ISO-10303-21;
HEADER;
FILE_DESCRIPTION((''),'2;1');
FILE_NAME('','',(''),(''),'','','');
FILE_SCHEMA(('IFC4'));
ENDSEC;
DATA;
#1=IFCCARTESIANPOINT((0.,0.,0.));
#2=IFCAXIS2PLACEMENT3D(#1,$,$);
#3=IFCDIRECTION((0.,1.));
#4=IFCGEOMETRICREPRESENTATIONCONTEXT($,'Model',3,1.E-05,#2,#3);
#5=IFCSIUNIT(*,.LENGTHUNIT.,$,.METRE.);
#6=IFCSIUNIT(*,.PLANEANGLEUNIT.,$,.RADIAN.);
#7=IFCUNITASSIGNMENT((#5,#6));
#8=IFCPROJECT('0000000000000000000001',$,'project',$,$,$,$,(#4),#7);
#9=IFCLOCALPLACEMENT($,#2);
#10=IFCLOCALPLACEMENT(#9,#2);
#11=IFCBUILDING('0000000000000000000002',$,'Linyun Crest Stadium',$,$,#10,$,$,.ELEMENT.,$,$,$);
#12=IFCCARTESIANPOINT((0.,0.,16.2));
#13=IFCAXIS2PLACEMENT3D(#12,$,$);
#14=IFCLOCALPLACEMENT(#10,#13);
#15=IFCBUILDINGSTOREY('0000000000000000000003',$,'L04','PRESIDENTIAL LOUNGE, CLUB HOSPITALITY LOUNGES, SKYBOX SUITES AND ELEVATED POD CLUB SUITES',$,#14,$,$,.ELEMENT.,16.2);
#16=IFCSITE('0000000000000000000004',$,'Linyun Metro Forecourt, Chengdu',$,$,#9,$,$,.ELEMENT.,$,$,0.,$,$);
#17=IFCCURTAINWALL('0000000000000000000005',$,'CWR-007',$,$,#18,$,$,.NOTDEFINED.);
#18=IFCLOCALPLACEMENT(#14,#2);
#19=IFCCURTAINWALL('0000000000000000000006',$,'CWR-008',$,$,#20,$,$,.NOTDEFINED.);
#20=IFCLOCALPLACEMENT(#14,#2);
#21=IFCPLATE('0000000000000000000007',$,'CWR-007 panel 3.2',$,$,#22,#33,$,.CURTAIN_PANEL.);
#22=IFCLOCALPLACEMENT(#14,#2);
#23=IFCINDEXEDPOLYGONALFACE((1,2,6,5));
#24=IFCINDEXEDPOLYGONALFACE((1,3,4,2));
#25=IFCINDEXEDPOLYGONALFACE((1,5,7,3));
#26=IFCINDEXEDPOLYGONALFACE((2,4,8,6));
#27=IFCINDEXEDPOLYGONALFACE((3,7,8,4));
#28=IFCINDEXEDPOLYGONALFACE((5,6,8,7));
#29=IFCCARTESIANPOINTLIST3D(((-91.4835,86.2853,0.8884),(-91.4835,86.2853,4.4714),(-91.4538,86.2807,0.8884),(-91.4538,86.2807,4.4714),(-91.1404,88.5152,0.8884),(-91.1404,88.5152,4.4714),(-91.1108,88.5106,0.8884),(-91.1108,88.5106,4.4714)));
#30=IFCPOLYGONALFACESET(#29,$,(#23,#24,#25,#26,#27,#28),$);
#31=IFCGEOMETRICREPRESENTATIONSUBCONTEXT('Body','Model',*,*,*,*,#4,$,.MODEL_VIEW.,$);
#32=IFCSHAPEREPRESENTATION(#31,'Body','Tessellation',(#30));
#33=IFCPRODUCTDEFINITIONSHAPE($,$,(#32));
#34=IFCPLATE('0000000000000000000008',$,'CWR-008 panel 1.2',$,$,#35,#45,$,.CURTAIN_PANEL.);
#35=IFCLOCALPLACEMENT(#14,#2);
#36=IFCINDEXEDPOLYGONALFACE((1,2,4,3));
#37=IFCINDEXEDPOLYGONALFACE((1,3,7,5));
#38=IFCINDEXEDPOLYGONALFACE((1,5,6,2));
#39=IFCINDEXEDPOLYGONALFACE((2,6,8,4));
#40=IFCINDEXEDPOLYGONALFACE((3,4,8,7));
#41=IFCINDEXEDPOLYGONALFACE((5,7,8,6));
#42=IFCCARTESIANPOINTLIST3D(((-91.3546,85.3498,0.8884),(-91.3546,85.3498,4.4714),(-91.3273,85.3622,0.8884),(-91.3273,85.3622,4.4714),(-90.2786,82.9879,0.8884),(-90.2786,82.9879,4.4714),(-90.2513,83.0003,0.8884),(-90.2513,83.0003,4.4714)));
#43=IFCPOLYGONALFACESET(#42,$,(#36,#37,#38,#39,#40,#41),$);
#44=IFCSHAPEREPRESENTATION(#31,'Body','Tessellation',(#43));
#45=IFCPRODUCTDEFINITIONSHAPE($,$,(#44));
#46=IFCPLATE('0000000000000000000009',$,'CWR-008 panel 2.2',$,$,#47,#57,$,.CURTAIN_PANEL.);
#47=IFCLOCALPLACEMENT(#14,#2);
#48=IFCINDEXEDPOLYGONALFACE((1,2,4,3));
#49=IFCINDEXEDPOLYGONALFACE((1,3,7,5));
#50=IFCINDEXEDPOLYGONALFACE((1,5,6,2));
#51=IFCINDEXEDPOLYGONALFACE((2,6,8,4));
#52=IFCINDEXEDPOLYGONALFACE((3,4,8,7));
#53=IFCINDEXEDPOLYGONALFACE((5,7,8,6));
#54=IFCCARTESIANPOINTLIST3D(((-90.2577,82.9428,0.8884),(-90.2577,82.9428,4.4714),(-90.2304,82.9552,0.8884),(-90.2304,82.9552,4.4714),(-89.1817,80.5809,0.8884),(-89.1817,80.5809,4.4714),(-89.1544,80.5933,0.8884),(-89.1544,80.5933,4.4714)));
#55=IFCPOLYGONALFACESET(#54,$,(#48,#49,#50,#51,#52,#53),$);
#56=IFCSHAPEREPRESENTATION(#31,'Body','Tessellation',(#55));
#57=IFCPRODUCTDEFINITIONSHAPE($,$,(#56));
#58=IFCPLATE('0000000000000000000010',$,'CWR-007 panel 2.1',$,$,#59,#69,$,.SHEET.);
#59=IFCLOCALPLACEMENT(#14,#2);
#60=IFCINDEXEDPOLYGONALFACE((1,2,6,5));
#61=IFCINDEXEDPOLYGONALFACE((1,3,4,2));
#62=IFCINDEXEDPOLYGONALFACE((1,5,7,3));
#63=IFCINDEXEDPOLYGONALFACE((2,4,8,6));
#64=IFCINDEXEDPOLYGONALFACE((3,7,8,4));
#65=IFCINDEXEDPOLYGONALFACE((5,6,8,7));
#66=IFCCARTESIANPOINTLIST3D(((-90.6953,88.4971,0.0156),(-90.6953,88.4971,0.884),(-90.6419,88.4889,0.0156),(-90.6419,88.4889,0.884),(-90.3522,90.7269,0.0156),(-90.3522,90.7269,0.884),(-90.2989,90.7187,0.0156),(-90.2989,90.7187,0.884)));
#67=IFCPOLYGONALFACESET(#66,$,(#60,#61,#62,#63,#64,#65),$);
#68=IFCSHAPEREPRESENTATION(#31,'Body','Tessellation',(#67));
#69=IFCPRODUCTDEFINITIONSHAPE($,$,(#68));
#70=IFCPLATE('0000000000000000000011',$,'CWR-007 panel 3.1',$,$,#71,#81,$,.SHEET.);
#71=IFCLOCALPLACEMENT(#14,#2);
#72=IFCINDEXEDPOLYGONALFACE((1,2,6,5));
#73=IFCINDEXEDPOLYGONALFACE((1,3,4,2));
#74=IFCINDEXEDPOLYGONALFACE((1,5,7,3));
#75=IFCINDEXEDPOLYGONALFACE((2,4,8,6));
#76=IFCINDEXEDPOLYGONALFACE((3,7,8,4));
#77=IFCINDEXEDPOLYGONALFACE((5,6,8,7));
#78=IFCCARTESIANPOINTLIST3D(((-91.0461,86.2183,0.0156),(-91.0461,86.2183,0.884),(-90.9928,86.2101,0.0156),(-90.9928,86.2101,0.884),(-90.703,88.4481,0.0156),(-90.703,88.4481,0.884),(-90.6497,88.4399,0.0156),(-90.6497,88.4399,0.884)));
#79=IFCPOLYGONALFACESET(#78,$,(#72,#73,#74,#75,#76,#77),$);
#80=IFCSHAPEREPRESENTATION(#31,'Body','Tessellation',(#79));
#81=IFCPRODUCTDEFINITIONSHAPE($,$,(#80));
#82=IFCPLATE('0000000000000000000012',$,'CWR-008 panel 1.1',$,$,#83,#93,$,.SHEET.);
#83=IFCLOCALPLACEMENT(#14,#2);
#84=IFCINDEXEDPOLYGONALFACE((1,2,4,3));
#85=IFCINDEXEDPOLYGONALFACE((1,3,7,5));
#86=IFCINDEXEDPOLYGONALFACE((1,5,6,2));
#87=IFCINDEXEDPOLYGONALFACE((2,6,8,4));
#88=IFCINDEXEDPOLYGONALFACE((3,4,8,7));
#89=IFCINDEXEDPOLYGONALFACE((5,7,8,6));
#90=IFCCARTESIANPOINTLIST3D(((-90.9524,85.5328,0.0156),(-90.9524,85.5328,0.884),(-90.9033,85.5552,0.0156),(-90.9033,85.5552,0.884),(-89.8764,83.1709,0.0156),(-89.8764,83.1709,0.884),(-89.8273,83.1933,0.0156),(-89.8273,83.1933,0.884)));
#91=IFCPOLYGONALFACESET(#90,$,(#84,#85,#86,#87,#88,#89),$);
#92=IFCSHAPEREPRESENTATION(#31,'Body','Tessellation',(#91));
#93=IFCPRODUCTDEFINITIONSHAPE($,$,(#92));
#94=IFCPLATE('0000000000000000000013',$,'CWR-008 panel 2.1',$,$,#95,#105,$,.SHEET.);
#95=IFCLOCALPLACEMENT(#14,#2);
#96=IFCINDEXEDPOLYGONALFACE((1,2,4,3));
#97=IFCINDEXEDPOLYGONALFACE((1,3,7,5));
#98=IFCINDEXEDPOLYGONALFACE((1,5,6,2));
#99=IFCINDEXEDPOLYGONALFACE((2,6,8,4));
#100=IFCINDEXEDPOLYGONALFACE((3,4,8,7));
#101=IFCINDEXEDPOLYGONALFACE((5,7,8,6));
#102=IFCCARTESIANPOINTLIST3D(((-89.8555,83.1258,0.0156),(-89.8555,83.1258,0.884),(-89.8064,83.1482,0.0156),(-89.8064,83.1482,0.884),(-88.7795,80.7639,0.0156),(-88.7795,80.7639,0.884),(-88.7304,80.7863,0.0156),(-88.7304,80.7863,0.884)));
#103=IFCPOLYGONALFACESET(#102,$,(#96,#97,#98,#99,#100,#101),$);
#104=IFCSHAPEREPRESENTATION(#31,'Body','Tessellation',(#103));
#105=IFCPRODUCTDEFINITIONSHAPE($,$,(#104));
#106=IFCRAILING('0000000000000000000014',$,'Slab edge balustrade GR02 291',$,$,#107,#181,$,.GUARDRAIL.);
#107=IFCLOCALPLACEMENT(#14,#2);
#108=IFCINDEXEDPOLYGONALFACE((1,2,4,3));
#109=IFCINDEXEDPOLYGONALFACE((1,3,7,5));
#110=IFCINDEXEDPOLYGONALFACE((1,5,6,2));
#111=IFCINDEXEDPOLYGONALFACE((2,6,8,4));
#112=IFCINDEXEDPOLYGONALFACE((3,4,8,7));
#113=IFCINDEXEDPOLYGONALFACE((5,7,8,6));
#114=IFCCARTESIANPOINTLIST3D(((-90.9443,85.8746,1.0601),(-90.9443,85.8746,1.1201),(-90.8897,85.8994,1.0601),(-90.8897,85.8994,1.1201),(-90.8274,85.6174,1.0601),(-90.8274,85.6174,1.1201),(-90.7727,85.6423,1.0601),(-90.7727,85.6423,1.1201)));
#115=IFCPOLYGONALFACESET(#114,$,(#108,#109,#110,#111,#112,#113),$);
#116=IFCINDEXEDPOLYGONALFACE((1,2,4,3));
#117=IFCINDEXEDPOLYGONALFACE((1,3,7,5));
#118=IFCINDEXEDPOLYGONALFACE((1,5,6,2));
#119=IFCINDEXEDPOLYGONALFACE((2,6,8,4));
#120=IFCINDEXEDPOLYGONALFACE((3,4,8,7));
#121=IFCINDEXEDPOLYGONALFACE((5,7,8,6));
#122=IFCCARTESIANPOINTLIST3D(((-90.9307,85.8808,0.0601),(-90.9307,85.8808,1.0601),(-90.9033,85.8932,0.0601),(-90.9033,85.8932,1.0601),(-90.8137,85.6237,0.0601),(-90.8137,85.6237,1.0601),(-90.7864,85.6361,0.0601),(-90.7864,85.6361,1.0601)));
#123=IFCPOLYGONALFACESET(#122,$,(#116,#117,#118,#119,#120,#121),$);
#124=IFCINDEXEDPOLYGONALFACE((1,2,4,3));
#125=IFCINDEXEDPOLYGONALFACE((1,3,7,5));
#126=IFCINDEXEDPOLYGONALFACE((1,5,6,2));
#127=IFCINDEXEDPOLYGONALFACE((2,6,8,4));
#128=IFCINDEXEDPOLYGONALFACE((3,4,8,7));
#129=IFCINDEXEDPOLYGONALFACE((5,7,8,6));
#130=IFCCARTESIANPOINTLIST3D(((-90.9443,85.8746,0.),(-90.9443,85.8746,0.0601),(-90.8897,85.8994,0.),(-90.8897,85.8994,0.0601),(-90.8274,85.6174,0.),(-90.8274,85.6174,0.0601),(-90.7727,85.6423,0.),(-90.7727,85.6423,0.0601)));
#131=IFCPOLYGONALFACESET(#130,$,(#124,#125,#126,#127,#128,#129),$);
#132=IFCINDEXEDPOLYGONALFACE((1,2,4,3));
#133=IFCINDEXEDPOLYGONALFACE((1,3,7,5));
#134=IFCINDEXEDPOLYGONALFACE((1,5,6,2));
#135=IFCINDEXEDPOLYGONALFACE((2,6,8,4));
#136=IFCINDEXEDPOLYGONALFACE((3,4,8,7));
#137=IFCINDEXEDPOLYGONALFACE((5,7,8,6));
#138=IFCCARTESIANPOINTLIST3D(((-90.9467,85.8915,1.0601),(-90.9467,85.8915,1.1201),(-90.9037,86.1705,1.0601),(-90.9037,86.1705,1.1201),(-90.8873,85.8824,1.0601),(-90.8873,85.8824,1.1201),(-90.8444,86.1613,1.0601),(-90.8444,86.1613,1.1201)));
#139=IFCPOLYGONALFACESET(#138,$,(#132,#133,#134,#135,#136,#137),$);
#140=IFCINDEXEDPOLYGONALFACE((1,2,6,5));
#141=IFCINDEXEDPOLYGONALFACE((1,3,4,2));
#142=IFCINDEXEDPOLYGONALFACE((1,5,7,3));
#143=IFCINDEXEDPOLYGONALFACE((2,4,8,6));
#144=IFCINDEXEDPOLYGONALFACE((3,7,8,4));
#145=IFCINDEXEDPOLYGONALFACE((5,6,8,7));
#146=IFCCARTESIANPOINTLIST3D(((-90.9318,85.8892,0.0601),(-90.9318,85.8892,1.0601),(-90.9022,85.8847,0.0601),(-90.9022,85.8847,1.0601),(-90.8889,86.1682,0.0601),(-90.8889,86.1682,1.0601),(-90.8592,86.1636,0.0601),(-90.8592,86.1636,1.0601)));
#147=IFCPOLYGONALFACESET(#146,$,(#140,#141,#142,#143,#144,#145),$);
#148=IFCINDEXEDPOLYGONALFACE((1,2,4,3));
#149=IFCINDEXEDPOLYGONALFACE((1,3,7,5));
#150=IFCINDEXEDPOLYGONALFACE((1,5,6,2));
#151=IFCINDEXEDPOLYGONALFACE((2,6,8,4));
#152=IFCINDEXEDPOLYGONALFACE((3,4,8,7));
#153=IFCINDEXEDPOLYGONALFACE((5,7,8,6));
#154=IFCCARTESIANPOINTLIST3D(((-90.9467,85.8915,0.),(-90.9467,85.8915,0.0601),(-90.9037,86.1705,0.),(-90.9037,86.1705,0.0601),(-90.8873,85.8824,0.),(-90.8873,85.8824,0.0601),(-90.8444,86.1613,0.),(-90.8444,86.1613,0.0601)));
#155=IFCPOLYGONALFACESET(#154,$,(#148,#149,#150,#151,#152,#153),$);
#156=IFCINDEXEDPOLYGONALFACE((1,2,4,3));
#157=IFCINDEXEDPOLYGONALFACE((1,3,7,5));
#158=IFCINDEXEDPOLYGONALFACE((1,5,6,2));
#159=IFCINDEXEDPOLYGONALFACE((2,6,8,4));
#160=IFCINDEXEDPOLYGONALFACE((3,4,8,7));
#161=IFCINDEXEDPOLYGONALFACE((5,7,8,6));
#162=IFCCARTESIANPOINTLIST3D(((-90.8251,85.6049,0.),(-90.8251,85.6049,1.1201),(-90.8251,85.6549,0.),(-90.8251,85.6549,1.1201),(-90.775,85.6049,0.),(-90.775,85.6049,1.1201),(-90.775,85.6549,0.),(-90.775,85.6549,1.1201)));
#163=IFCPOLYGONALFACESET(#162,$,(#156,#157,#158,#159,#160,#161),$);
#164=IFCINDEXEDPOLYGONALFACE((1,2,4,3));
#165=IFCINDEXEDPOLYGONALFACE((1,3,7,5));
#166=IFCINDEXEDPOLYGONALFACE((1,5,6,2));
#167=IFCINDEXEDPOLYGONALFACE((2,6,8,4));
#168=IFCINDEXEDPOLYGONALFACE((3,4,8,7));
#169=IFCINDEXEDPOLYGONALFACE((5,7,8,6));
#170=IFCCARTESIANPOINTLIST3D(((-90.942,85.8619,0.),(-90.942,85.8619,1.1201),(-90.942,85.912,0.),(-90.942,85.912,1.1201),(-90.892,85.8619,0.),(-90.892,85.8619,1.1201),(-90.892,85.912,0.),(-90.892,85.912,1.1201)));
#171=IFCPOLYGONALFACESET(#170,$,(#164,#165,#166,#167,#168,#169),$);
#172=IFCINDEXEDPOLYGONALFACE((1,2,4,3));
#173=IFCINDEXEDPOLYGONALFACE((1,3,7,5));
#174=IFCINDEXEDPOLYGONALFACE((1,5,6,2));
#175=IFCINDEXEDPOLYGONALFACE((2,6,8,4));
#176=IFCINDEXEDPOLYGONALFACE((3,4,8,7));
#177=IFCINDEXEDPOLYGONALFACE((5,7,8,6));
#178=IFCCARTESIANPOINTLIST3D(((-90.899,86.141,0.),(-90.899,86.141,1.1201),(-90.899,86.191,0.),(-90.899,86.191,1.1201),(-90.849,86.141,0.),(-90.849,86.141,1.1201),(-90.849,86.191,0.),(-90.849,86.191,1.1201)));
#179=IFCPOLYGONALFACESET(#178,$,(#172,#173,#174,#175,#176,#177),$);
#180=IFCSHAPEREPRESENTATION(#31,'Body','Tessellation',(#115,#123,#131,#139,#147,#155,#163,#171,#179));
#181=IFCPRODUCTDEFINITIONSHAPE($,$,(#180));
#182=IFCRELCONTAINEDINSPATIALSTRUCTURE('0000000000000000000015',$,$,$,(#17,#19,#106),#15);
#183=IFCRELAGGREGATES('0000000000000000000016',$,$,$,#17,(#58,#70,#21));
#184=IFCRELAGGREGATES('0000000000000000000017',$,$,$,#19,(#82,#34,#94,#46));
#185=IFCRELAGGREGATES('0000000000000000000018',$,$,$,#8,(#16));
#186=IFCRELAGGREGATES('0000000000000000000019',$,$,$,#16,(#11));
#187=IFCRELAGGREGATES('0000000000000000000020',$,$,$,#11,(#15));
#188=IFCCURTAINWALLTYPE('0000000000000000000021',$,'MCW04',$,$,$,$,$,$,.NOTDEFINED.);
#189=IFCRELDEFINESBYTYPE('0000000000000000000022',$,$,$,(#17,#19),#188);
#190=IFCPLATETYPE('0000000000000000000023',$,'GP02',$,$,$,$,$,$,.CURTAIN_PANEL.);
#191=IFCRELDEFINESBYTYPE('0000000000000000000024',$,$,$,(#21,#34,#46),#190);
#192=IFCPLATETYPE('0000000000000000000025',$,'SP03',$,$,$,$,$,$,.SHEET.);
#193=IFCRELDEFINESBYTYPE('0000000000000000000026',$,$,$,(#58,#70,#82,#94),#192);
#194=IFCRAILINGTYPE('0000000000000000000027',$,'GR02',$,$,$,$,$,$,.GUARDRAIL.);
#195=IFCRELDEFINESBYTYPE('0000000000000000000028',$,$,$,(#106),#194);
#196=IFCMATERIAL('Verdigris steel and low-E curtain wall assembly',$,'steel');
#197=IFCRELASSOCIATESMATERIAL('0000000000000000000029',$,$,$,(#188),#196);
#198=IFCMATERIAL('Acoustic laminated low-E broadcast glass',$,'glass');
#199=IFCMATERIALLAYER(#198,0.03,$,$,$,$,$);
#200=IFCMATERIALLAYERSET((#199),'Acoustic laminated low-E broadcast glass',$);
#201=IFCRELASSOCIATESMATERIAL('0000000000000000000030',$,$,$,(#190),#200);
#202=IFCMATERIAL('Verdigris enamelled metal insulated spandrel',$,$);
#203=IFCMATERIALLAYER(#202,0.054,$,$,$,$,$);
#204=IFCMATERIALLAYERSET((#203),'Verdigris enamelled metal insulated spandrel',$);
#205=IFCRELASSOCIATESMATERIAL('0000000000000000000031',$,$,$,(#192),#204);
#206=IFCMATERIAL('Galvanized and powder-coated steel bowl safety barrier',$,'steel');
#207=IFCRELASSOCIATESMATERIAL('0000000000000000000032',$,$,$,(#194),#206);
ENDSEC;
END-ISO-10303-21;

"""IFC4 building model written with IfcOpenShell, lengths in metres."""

from ifc_helpers import new_model, si_unit, direction, frame, origin, origin_2d, place, context, subcontext, project, spatial, rectangle, extrude, material, layer, layer_set, type_object, element, aggregate, save


model = new_model("IFC4")

# Units and contexts
model_context = context("Model", 3, precision=1e-05, world=origin(), true_north=direction((0.0, 1.0)))
body_context = subcontext(model_context, "Body", "Model", "MODEL_VIEW")
ifc_project = project(units=[si_unit("LENGTHUNIT", "METRE"), si_unit("PLANEANGLEUNIT", "RADIAN")], contexts=[model_context])

# Site, building, storey
site_placement = place(None, origin())
site = spatial("IfcSite", under=ifc_project, at=site_placement, Name="Linyun Metro Forecourt, Chengdu", CompositionType="ELEMENT", RefElevation=0.0)
building_placement = place(site_placement, origin())
building = spatial("IfcBuilding", under=site, at=building_placement, Name="Linyun Crest Stadium", CompositionType="ELEMENT")
storey_placement = place(building_placement, frame((0.0, 0.0, 16.2)))
storey = spatial("IfcBuildingStorey", under=building, at=storey_placement, Name="L04", Description="PRESIDENTIAL LOUNGE, CLUB HOSPITALITY LOUNGES, SKYBOX SUITES AND ELEVATED POD CLUB SUITES", CompositionType="ELEMENT", Elevation=16.2)

# Curtain walls
ifc_material_1 = material(Name="Verdigris steel and low-E curtain wall assembly", Category="steel")
curtain_wall_type = type_object("IfcCurtainWallType", Name="MCW04", PredefinedType="NOTDEFINED", material=ifc_material_1)
curtain_wall_1_placement = place(storey_placement, origin())
curtain_wall_1 = element("IfcCurtainWall", 1, at=curtain_wall_1_placement, inside=storey, type_object=curtain_wall_type, Name="CWR-007", PredefinedType="NOTDEFINED")
curtain_wall_2_placement = place(storey_placement, origin())
curtain_wall_2 = element("IfcCurtainWall", 2, at=curtain_wall_2_placement, inside=storey, type_object=curtain_wall_type, Name="CWR-008", PredefinedType="NOTDEFINED")

# Plates
ifc_material_2 = material(Name="Acoustic laminated low-E broadcast glass", Category="glass")
ifc_layer_1 = layer(ifc_material_2, 0.03)
ifc_layer_set_1 = layer_set([ifc_layer_1], Name="Acoustic laminated low-E broadcast glass")
plate_type_1 = type_object("IfcPlateType", Name="GP02", PredefinedType="CURTAIN_PANEL", material=ifc_layer_set_1)
plate_1_placement = place(storey_placement, frame((-91.2971, 87.3979, 0.8884), z_axis=(0.0, 0.0, 1.0), x_axis=(-0.152054, -0.988372, 0.0)))
plate_1 = element("IfcPlate", 3, at=plate_1_placement, type_object=plate_type_1, Name="CWR-007 panel 3.2", PredefinedType="CURTAIN_PANEL", context=body_context, shape_type="SweptSolid", body=[
    extrude(rectangle(XDim=2.2561, YDim=0.03, at=origin_2d()), origin(), (0.0, 0.0, 1.0), 3.583),
])
plate_2_placement = place(storey_placement, frame((-90.803, 84.175, 0.8884), z_axis=(0.0, 0.0, 1.0), x_axis=(0.414566, -0.910019, 0.0)))
plate_2 = element("IfcPlate", 4, at=plate_2_placement, type_object=plate_type_1, Name="CWR-008 panel 1.2", PredefinedType="CURTAIN_PANEL", context=body_context, shape_type="SweptSolid", body=[
    extrude(rectangle(XDim=2.5955, YDim=0.03, at=origin_2d()), origin(), (0.0, 0.0, 1.0), 3.583),
])
plate_3_placement = place(storey_placement, frame((-89.7061, 81.7681, 0.8884), z_axis=(0.0, 0.0, 1.0), x_axis=(0.414566, -0.910019, 0.0)))
plate_3 = element("IfcPlate", 5, at=plate_3_placement, type_object=plate_type_1, Name="CWR-008 panel 2.2", PredefinedType="CURTAIN_PANEL", context=body_context, shape_type="SweptSolid", body=[
    extrude(rectangle(XDim=2.5955, YDim=0.03, at=origin_2d()), origin(), (0.0, 0.0, 1.0), 3.583),
])
ifc_material_3 = material(Name="Verdigris enamelled metal insulated spandrel")
ifc_layer_2 = layer(ifc_material_3, 0.054)
ifc_layer_set_2 = layer_set([ifc_layer_2], Name="Verdigris enamelled metal insulated spandrel")
plate_type_2 = type_object("IfcPlateType", Name="SP03", PredefinedType="SHEET", material=ifc_layer_set_2)
plate_4_placement = place(storey_placement, frame((-90.4971, 89.6079, 0.0156), z_axis=(0.0, 0.0, 1.0), x_axis=(-0.152054, -0.988372, 0.0)))
plate_4 = element("IfcPlate", 6, at=plate_4_placement, type_object=plate_type_2, Name="CWR-007 panel 2.1", PredefinedType="SHEET", context=body_context, shape_type="SweptSolid", body=[
    extrude(rectangle(XDim=2.2561, YDim=0.054, at=origin_2d()), origin(), (0.0, 0.0, 1.0), 0.8684),
])
plate_5_placement = place(storey_placement, frame((-90.8479, 87.3291, 0.0156), z_axis=(0.0, 0.0, 1.0), x_axis=(-0.152054, -0.988372, 0.0)))
plate_5 = element("IfcPlate", 7, at=plate_5_placement, type_object=plate_type_2, Name="CWR-007 panel 3.1", PredefinedType="SHEET", context=body_context, shape_type="SweptSolid", body=[
    extrude(rectangle(XDim=2.2561, YDim=0.054, at=origin_2d()), origin(), (0.0, 0.0, 1.0), 0.8684),
])
aggregate(curtain_wall_1, [plate_4, plate_5, plate_1])
plate_6_placement = place(storey_placement, frame((-90.3899, 84.363, 0.0156), z_axis=(0.0, 0.0, 1.0), x_axis=(0.414566, -0.910019, 0.0)))
plate_6 = element("IfcPlate", 8, at=plate_6_placement, type_object=plate_type_2, Name="CWR-008 panel 1.1", PredefinedType="SHEET", context=body_context, shape_type="SweptSolid", body=[
    extrude(rectangle(XDim=2.5955, YDim=0.054, at=origin_2d()), origin(), (0.0, 0.0, 1.0), 0.8684),
])
plate_7_placement = place(storey_placement, frame((-89.293, 81.9561, 0.0156), z_axis=(0.0, 0.0, 1.0), x_axis=(0.414566, -0.910019, 0.0)))
plate_7 = element("IfcPlate", 9, at=plate_7_placement, type_object=plate_type_2, Name="CWR-008 panel 2.1", PredefinedType="SHEET", context=body_context, shape_type="SweptSolid", body=[
    extrude(rectangle(XDim=2.5955, YDim=0.054, at=origin_2d()), origin(), (0.0, 0.0, 1.0), 0.8684),
])
aggregate(curtain_wall_2, [plate_6, plate_2, plate_7, plate_3])

# Railing
ifc_material_4 = material(Name="Galvanized and powder-coated steel bowl safety barrier", Category="steel")
railing_type = type_object("IfcRailingType", Name="GR02", PredefinedType="GUARDRAIL", material=ifc_material_4)
railing_placement = place(storey_placement, frame((-90.8, 85.6299, 0.0)))
element("IfcRailing", 10, at=railing_placement, inside=storey, type_object=railing_type, Name="Slab edge balustrade GR02 291", PredefinedType="GUARDRAIL", context=body_context, shape_type="SweptSolid", body=[
    extrude(rectangle(XDim=0.0601, YDim=0.0601, at=origin_2d()), frame((0.0, 0.0, 1.0901), z_axis=(-0.414063, 0.910248, 0.0), x_axis=(-0.910248, -0.414063, 0.0)), (0.0, 0.0, 1.0), 0.2825),
    extrude(rectangle(XDim=0.03, YDim=1.0, at=origin_2d()), frame((0.0, 0.0, 0.5601), z_axis=(-0.414063, 0.910248, 0.0), x_axis=(-0.910248, -0.414063, 0.0)), (0.0, 0.0, 1.0), 0.2825),
    extrude(rectangle(XDim=0.0601, YDim=0.0601, at=origin_2d()), frame((0.0, 0.0, 0.03), z_axis=(-0.414063, 0.910248, 0.0), x_axis=(-0.910248, -0.414063, 0.0)), (0.0, 0.0, 1.0), 0.2825),
    extrude(rectangle(XDim=0.0601, YDim=0.0601, at=origin_2d()), frame((-0.1169, 0.2571, 1.0901), z_axis=(0.152187, 0.988352, 0.0), x_axis=(-0.988352, 0.152187, 0.0)), (0.0, 0.0, 1.0), 0.2822),
    extrude(rectangle(XDim=0.03, YDim=1.0, at=origin_2d()), frame((-0.1169, 0.2571, 0.5601), z_axis=(0.152187, 0.988352, 0.0), x_axis=(-0.988352, 0.152187, 0.0)), (0.0, 0.0, 1.0), 0.2822),
    extrude(rectangle(XDim=0.0601, YDim=0.0601, at=origin_2d()), frame((-0.1169, 0.2571, 0.03), z_axis=(0.152187, 0.988352, 0.0), x_axis=(-0.988352, 0.152187, 0.0)), (0.0, 0.0, 1.0), 0.2822),
    extrude(rectangle(XDim=0.05, YDim=0.05, at=origin_2d()), origin(), (0.0, 0.0, 1.0), 1.1201),
    extrude(rectangle(XDim=0.05, YDim=0.05, at=origin_2d()), frame((-0.1169, 0.2571, 0.0)), (0.0, 0.0, 1.0), 1.1201),
    extrude(rectangle(XDim=0.05, YDim=0.05, at=origin_2d()), frame((-0.074, 0.5361, 0.0)), (0.0, 0.0, 1.0), 1.1201),
])

save(model, "model.ifc")
